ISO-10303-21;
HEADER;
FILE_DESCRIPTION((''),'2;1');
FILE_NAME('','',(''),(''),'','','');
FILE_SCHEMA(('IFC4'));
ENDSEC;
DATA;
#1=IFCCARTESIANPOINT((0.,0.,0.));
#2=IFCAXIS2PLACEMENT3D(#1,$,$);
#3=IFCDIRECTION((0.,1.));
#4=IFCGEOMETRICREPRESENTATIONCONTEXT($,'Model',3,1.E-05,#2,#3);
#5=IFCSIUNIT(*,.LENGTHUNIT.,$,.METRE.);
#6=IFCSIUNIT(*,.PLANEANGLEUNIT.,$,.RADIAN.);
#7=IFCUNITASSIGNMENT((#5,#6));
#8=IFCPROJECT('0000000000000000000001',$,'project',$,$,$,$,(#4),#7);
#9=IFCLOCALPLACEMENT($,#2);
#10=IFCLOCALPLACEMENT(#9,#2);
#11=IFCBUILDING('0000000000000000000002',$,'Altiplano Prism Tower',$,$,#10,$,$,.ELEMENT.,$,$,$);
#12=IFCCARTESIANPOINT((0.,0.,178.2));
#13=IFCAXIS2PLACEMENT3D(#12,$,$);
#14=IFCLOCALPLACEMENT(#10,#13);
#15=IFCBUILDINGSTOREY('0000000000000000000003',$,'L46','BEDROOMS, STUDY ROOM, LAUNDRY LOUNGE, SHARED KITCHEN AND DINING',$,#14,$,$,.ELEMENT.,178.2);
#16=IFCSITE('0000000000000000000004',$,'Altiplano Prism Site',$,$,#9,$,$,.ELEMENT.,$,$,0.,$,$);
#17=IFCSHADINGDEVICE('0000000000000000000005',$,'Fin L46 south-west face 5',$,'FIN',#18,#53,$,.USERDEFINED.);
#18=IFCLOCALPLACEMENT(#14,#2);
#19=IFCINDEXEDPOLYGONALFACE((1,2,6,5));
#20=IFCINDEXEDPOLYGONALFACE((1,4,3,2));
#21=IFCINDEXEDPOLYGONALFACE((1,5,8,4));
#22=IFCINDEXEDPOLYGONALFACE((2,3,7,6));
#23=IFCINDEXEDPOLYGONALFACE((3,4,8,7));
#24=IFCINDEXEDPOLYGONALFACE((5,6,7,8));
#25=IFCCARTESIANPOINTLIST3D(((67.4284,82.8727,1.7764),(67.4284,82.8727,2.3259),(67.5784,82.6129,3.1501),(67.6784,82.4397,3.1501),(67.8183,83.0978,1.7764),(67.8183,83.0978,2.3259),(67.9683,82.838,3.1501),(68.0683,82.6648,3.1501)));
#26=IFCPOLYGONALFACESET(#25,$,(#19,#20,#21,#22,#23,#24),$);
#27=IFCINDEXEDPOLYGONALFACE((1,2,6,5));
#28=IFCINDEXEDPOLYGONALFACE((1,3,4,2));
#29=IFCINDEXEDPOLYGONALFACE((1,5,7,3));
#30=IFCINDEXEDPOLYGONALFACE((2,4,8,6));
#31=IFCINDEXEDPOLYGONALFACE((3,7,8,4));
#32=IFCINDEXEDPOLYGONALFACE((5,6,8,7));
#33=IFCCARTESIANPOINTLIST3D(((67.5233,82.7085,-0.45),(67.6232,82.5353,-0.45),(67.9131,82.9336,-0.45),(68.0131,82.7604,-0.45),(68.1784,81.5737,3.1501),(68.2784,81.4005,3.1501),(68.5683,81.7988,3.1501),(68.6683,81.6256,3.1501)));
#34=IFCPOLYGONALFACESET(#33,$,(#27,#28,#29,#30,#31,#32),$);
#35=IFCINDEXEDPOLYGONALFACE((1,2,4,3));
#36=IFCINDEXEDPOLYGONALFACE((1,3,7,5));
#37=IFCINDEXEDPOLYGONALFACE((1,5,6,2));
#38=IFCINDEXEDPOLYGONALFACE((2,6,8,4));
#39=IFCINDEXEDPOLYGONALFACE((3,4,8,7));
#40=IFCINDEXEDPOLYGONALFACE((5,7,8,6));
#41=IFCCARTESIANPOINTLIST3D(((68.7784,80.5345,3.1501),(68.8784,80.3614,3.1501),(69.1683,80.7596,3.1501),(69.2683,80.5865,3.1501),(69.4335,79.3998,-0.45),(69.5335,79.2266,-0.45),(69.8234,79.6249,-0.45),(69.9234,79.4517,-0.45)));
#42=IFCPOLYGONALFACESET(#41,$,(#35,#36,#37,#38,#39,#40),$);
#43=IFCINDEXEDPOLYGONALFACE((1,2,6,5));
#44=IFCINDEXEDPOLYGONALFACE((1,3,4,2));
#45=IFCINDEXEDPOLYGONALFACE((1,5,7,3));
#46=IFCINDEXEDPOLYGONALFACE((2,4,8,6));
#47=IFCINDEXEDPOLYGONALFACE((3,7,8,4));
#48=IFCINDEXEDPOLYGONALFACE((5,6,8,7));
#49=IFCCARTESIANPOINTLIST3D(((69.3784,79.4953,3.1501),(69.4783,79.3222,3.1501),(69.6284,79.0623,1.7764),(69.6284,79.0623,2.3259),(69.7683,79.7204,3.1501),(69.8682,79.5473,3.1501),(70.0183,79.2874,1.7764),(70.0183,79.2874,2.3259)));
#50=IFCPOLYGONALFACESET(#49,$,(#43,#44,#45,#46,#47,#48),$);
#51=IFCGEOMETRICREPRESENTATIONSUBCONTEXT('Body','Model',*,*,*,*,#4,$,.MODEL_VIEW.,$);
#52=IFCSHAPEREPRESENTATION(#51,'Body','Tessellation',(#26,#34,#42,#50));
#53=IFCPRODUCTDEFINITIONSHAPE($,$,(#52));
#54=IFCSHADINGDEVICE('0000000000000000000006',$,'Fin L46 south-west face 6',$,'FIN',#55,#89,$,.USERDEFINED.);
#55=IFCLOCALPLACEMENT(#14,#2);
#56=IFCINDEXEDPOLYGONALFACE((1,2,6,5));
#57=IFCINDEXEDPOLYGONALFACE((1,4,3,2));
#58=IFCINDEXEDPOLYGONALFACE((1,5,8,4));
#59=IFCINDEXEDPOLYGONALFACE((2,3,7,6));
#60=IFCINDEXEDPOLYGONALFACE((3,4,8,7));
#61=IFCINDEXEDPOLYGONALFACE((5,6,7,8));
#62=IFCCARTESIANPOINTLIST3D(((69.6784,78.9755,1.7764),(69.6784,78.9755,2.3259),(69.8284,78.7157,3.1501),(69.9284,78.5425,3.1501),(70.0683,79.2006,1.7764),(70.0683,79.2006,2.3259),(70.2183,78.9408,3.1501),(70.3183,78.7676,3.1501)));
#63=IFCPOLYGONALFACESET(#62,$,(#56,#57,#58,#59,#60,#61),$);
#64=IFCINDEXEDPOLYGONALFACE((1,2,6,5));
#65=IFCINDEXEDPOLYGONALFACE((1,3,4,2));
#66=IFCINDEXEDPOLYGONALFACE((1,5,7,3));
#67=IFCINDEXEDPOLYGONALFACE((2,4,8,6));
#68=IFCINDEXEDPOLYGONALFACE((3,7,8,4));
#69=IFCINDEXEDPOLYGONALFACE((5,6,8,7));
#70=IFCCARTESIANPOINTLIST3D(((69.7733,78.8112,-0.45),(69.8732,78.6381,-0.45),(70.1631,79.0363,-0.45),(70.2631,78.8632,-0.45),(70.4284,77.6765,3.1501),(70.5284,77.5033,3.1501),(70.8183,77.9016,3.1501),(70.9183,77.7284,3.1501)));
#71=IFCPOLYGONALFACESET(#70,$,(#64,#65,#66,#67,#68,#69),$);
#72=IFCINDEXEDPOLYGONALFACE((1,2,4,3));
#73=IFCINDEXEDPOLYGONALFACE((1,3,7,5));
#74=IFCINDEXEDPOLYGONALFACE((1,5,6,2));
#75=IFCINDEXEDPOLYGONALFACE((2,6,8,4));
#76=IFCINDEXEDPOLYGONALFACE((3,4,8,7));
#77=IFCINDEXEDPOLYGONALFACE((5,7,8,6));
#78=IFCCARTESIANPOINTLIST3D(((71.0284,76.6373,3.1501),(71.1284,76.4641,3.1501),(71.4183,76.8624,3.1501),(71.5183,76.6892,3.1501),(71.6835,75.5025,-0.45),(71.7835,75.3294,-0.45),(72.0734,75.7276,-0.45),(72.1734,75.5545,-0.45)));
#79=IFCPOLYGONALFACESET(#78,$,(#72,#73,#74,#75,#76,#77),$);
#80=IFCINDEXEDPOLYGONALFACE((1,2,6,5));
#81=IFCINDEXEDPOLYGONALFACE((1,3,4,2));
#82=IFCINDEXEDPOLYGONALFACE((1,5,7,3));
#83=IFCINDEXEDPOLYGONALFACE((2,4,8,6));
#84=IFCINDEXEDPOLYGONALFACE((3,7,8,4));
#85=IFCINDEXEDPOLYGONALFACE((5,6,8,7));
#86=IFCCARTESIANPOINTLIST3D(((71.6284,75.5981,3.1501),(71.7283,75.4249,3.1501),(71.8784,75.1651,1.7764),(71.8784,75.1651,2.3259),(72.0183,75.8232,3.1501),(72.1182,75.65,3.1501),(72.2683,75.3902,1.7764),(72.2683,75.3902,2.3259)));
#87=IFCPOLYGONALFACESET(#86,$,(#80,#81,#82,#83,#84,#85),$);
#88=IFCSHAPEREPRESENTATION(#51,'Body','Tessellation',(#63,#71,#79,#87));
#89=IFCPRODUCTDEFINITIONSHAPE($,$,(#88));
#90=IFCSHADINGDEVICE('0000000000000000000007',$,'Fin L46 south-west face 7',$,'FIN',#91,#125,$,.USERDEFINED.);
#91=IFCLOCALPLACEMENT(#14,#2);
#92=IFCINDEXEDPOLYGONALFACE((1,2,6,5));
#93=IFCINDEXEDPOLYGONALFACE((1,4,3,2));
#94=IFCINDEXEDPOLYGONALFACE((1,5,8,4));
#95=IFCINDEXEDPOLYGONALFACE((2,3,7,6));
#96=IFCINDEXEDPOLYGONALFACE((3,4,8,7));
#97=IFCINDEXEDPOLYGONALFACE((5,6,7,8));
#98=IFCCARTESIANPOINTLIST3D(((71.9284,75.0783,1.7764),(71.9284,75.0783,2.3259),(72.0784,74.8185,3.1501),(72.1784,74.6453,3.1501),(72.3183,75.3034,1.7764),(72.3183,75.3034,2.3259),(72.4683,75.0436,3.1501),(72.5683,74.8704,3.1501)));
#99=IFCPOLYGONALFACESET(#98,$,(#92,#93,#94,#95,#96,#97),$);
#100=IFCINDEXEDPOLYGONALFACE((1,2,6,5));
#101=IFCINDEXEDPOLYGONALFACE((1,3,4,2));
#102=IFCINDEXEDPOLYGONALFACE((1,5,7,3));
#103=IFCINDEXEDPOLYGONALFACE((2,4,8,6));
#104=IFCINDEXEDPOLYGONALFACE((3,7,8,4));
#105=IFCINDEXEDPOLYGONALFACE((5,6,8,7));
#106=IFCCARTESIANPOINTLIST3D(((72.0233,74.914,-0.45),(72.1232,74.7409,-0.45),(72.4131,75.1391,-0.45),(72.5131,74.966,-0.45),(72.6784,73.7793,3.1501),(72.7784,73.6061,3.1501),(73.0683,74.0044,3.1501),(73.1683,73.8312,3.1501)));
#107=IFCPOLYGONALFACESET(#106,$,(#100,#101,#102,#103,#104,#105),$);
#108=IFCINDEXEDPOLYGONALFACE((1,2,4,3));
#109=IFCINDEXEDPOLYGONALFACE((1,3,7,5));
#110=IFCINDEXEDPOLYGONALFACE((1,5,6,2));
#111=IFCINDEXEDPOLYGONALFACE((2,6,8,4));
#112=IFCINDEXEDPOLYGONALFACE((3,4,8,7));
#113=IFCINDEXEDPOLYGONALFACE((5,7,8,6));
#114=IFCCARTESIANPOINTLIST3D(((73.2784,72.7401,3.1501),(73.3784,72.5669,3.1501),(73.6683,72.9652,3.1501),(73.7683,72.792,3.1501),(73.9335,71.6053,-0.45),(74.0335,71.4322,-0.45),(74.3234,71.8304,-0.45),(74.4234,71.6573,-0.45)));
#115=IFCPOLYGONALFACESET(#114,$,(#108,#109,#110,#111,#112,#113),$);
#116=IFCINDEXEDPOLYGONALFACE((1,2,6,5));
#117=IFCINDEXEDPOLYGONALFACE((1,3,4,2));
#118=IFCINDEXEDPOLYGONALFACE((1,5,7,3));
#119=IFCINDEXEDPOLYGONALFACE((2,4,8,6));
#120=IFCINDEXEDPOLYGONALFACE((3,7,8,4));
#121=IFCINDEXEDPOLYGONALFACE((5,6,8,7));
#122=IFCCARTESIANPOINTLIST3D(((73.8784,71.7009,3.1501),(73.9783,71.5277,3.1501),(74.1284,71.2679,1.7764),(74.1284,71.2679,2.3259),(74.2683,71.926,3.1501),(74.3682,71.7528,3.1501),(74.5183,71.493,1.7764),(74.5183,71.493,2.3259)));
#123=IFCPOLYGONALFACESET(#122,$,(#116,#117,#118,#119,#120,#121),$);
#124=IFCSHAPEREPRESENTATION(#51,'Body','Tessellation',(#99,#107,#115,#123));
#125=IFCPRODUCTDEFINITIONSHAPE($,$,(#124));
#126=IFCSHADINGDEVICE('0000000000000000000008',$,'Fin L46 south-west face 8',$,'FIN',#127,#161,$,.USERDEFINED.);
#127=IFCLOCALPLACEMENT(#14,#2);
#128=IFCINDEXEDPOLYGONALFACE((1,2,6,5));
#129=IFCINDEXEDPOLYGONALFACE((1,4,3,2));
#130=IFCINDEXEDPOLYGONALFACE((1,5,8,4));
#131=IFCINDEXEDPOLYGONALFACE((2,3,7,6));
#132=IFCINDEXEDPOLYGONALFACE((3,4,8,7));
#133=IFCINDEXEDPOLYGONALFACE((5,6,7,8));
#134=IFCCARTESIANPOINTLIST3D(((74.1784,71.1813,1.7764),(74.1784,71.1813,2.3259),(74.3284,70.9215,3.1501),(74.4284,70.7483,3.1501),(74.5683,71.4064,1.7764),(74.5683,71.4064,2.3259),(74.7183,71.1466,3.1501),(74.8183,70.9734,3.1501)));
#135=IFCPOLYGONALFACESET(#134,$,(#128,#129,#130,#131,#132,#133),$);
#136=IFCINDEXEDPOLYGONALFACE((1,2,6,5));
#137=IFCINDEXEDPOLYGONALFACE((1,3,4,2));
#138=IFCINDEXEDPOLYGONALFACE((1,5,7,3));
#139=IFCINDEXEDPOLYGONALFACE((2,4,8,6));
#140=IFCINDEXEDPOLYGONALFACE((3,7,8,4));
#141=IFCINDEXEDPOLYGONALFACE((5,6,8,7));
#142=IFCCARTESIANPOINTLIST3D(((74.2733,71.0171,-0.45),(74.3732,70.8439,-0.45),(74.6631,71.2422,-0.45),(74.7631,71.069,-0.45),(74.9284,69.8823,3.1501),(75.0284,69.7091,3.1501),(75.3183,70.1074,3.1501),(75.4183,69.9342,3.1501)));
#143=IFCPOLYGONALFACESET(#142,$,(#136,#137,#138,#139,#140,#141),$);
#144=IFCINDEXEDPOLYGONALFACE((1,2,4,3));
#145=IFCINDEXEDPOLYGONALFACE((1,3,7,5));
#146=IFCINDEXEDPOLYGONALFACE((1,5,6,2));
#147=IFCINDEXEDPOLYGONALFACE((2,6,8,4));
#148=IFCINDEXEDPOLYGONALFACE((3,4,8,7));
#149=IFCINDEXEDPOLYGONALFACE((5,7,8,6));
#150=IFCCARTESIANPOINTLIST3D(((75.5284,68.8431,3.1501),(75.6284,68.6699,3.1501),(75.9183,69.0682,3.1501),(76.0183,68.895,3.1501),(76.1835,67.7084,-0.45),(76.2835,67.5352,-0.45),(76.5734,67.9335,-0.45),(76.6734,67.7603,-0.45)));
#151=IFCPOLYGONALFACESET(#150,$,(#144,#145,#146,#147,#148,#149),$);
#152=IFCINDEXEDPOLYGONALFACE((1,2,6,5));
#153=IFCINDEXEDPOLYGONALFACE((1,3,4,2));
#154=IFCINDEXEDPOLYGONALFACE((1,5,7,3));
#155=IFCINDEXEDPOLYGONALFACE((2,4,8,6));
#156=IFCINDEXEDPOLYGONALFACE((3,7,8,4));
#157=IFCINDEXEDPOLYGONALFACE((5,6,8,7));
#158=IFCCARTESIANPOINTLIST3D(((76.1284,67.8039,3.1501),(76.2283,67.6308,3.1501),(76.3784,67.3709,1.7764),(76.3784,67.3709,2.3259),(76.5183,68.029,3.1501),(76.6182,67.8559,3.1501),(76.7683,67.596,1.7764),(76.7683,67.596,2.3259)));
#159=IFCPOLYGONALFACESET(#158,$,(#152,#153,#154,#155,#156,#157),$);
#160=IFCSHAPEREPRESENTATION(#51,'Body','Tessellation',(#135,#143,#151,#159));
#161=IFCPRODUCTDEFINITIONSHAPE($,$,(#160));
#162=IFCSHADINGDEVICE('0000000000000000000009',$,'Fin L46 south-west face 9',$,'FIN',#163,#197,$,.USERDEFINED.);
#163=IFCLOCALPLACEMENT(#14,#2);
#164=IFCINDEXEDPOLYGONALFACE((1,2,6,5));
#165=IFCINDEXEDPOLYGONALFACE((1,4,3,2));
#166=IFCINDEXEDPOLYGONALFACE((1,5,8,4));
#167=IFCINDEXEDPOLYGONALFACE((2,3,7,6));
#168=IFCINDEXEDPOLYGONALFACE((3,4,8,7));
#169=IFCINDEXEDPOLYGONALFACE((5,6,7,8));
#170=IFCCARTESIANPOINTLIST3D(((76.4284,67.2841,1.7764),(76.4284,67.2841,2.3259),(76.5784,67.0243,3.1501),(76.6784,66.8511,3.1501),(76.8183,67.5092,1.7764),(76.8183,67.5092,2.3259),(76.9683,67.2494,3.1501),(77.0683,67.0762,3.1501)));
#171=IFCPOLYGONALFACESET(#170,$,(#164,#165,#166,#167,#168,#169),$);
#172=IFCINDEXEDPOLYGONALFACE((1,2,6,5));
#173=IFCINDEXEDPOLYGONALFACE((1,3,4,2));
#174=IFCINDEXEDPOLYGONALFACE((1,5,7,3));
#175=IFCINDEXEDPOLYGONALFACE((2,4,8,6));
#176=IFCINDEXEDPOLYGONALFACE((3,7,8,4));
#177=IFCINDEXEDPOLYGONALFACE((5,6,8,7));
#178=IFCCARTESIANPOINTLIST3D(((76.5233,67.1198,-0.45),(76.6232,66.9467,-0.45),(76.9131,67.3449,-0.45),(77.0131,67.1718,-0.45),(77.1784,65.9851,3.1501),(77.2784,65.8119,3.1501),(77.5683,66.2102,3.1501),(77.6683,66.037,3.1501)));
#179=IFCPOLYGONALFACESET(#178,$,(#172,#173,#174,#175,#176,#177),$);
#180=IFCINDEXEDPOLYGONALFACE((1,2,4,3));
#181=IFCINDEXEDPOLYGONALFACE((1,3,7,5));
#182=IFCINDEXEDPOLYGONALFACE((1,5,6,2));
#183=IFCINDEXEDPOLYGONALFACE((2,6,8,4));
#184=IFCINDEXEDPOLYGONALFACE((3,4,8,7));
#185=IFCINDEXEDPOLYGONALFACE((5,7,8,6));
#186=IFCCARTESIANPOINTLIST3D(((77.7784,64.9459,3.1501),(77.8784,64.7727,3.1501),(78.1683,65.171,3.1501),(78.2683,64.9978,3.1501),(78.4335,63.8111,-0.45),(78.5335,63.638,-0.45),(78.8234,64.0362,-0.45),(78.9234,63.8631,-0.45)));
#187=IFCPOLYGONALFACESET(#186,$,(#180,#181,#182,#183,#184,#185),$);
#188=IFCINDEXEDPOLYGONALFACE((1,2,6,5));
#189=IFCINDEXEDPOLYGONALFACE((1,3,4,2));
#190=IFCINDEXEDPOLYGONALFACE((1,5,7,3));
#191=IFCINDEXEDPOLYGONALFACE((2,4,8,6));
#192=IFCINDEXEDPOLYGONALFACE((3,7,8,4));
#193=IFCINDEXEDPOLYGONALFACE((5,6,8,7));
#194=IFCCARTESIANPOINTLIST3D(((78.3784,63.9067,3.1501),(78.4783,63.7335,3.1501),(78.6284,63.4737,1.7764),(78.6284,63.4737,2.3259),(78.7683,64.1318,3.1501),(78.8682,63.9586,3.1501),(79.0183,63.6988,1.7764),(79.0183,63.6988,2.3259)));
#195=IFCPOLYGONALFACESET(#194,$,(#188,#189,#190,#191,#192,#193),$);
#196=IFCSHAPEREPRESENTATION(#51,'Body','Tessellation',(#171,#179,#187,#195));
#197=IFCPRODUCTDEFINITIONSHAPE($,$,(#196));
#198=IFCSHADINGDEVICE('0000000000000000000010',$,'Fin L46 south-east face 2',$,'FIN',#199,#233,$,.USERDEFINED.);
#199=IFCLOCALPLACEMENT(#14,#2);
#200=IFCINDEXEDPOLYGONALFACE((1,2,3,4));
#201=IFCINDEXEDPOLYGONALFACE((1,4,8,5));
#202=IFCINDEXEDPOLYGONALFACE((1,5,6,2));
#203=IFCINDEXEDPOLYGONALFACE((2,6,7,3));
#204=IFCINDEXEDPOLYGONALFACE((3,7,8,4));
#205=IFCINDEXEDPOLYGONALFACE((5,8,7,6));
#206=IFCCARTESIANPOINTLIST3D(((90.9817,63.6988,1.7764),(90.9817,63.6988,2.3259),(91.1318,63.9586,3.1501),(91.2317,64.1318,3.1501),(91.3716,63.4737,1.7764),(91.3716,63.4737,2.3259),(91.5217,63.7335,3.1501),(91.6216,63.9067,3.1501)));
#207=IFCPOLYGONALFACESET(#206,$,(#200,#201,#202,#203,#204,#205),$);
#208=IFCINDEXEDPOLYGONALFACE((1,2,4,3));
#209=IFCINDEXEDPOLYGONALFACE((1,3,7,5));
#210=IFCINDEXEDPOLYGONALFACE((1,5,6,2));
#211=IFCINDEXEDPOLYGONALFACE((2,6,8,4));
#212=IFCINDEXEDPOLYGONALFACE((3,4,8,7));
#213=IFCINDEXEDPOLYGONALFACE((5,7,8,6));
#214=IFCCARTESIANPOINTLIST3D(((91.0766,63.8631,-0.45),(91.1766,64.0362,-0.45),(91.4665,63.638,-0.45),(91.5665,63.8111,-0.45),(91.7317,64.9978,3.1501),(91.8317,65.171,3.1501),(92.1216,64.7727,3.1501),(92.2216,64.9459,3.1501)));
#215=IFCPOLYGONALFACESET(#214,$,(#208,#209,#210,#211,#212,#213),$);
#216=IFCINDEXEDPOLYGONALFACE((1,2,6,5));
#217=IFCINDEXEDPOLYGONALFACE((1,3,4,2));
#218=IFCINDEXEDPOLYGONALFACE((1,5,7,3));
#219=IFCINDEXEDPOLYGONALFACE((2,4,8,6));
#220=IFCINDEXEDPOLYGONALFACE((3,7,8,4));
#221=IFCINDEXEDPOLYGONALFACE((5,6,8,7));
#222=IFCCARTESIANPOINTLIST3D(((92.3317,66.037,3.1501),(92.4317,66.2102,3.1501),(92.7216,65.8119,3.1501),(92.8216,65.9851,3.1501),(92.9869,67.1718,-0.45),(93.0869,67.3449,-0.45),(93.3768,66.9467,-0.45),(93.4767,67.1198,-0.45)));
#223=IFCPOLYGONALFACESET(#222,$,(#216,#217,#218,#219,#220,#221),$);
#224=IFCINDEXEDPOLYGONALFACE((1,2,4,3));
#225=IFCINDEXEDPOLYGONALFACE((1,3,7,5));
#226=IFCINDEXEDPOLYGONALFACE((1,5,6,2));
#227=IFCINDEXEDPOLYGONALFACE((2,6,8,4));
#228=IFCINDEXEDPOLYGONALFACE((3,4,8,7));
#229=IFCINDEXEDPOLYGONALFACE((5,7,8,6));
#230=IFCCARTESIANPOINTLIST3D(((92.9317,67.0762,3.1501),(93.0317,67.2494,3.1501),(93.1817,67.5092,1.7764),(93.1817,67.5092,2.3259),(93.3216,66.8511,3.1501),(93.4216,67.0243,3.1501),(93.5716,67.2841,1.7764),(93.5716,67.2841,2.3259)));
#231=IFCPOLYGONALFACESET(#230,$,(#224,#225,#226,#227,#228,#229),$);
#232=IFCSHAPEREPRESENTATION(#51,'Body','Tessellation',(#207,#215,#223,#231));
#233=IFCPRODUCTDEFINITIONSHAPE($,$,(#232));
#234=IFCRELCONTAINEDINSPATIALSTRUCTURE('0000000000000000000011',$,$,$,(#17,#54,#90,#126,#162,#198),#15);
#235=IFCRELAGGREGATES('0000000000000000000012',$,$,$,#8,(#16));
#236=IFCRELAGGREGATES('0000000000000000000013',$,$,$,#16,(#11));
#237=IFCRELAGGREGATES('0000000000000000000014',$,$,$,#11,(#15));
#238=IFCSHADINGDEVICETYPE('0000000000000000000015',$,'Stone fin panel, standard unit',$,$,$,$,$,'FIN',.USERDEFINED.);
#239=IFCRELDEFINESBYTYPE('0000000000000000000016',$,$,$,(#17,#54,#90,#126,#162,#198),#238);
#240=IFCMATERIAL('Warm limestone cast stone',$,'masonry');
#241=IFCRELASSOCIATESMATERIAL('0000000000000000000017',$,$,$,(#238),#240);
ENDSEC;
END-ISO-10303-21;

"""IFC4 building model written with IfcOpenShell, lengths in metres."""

from ifc_helpers import new_model, si_unit, direction, frame, origin, place, context, subcontext, project, spatial, polyline, outline, extrude, source, transform, mapped, material, type_object, element, save


model = new_model("IFC4")

# Units and contexts
model_context = context("Model", 3, precision=1e-05, world=origin(), true_north=direction((0.0, 1.0)))
body_context = subcontext(model_context, "Body", "Model", "MODEL_VIEW")
ifc_project = project(units=[si_unit("LENGTHUNIT", "METRE"), si_unit("PLANEANGLEUNIT", "RADIAN")], contexts=[model_context])

# Site, building, storey
site_placement = place(None, origin())
site = spatial("IfcSite", under=ifc_project, at=site_placement, Name="Altiplano Prism Site", CompositionType="ELEMENT", RefElevation=0.0)
building_placement = place(site_placement, origin())
building = spatial("IfcBuilding", under=site, at=building_placement, Name="Altiplano Prism Tower", CompositionType="ELEMENT")
storey_placement = place(building_placement, frame((0.0, 0.0, 178.2)))
storey = spatial("IfcBuildingStorey", under=building, at=storey_placement, Name="L46", Description="BEDROOMS, STUDY ROOM, LAUNDRY LOUNGE, SHARED KITCHEN AND DINING", CompositionType="ELEMENT", Elevation=178.2)

# Shading devices
ifc_material_1 = material(Name="Warm limestone cast stone", Category="masonry")
shading_device_type_1 = type_object("IfcShadingDeviceType", Name="Stone fin panel, standard unit", ElementType="FIN", PredefinedType="USERDEFINED", material=ifc_material_1)
shared_shape_1 = source(origin(), body_context, "Body", "SweptSolid", [
    extrude(outline(polyline([(-2.2, 2.2263), (-1.7, 3.6001), (-1.8999, 3.6001), (-2.2, 2.7759), (-2.2, 2.2263)])), frame((0.0, -0.1499, 0.0), z_axis=(0.0, -1.0, 0.0), x_axis=(1.0, 0.0, 0.0)), (0.0, 0.0, 1.0), 0.4502),
    extrude(outline(polyline([(-2.0103, 0.0), (-1.8103, 0.0), (-0.5, 3.6001), (-0.7, 3.6001), (-2.0103, 0.0)])), frame((0.0, -0.1499, 0.0), z_axis=(0.0, -1.0, 0.0), x_axis=(1.0, 0.0, 0.0)), (0.0, 0.0, 1.0), 0.4502),
    extrude(outline(polyline([(1.8103, 0.0), (2.0103, 0.0), (0.7, 3.6001), (0.5, 3.6001), (1.8103, 0.0)])), frame((0.0, -0.1499, 0.0), z_axis=(0.0, -1.0, 0.0), x_axis=(1.0, 0.0, 0.0)), (0.0, 0.0, 1.0), 0.4502),
    extrude(outline(polyline([(2.2, 2.7759), (1.8999, 3.6001), (1.7, 3.6001), (2.2, 2.2263), (2.2, 2.7759)])), frame((0.0, -0.1499, 0.0), z_axis=(0.0, -1.0, 0.0), x_axis=(1.0, 0.0, 0.0)), (0.0, 0.0, 1.0), 0.4502),
])
shading_device_1_placement = place(storey_placement, origin())
element("IfcShadingDevice", 1, at=shading_device_1_placement, inside=storey, type_object=shading_device_type_1, Name="Fin L46 south-west face 5", ObjectType="FIN", PredefinedType="USERDEFINED", context=body_context, shape_type="MappedRepresentation", body=[
    mapped(shared_shape_1, transform((69.0481, 81.2676, -0.45), x_axis=(0.5, -0.866025, 0.0), y_axis=(0.866025, 0.5, 0.0), z_axis=(0.0, 0.0, 1.0))),
])
shading_device_2_placement = place(storey_placement, origin())
element("IfcShadingDevice", 2, at=shading_device_2_placement, inside=storey, type_object=shading_device_type_1, Name="Fin L46 south-west face 6", ObjectType="FIN", PredefinedType="USERDEFINED", context=body_context, shape_type="MappedRepresentation", body=[
    mapped(shared_shape_1, transform((71.2981, 77.3704, -0.45), x_axis=(0.5, -0.866025, 0.0), y_axis=(0.866025, 0.5, 0.0), z_axis=(0.0, 0.0, 1.0))),
])
shading_device_3_placement = place(storey_placement, origin())
element("IfcShadingDevice", 3, at=shading_device_3_placement, inside=storey, type_object=shading_device_type_1, Name="Fin L46 south-west face 7", ObjectType="FIN", PredefinedType="USERDEFINED", context=body_context, shape_type="MappedRepresentation", body=[
    mapped(shared_shape_1, transform((73.5481, 73.4731, -0.45), x_axis=(0.5, -0.866025, 0.0), y_axis=(0.866025, 0.5, 0.0), z_axis=(0.0, 0.0, 1.0))),
])
shading_device_4_placement = place(storey_placement, origin())
element("IfcShadingDevice", 4, at=shading_device_4_placement, inside=storey, type_object=shading_device_type_1, Name="Fin L46 south-west face 8", ObjectType="FIN", PredefinedType="USERDEFINED", context=body_context, shape_type="MappedRepresentation", body=[
    mapped(shared_shape_1, transform((75.7981, 69.5762, -0.45), x_axis=(0.5, -0.866025, 0.0), y_axis=(0.866025, 0.5, 0.0), z_axis=(0.0, 0.0, 1.0))),
])
shading_device_5_placement = place(storey_placement, origin())
element("IfcShadingDevice", 5, at=shading_device_5_placement, inside=storey, type_object=shading_device_type_1, Name="Fin L46 south-west face 9", ObjectType="FIN", PredefinedType="USERDEFINED", context=body_context, shape_type="MappedRepresentation", body=[
    mapped(shared_shape_1, transform((78.0481, 65.679, -0.45), x_axis=(0.5, -0.866025, 0.0), y_axis=(0.866025, 0.5, 0.0), z_axis=(0.0, 0.0, 1.0))),
])
shading_device_6_placement = place(storey_placement, origin())
element("IfcShadingDevice", 6, at=shading_device_6_placement, inside=storey, type_object=shading_device_type_1, Name="Fin L46 south-east face 2", ObjectType="FIN", PredefinedType="USERDEFINED", context=body_context, shape_type="MappedRepresentation", body=[
    mapped(shared_shape_1, transform((91.9519, 65.679, -0.45), x_axis=(0.5, 0.866025, 0.0), y_axis=(-0.866025, 0.5, 0.0), z_axis=(0.0, 0.0, 1.0))),
])

save(model, "model.ifc")
